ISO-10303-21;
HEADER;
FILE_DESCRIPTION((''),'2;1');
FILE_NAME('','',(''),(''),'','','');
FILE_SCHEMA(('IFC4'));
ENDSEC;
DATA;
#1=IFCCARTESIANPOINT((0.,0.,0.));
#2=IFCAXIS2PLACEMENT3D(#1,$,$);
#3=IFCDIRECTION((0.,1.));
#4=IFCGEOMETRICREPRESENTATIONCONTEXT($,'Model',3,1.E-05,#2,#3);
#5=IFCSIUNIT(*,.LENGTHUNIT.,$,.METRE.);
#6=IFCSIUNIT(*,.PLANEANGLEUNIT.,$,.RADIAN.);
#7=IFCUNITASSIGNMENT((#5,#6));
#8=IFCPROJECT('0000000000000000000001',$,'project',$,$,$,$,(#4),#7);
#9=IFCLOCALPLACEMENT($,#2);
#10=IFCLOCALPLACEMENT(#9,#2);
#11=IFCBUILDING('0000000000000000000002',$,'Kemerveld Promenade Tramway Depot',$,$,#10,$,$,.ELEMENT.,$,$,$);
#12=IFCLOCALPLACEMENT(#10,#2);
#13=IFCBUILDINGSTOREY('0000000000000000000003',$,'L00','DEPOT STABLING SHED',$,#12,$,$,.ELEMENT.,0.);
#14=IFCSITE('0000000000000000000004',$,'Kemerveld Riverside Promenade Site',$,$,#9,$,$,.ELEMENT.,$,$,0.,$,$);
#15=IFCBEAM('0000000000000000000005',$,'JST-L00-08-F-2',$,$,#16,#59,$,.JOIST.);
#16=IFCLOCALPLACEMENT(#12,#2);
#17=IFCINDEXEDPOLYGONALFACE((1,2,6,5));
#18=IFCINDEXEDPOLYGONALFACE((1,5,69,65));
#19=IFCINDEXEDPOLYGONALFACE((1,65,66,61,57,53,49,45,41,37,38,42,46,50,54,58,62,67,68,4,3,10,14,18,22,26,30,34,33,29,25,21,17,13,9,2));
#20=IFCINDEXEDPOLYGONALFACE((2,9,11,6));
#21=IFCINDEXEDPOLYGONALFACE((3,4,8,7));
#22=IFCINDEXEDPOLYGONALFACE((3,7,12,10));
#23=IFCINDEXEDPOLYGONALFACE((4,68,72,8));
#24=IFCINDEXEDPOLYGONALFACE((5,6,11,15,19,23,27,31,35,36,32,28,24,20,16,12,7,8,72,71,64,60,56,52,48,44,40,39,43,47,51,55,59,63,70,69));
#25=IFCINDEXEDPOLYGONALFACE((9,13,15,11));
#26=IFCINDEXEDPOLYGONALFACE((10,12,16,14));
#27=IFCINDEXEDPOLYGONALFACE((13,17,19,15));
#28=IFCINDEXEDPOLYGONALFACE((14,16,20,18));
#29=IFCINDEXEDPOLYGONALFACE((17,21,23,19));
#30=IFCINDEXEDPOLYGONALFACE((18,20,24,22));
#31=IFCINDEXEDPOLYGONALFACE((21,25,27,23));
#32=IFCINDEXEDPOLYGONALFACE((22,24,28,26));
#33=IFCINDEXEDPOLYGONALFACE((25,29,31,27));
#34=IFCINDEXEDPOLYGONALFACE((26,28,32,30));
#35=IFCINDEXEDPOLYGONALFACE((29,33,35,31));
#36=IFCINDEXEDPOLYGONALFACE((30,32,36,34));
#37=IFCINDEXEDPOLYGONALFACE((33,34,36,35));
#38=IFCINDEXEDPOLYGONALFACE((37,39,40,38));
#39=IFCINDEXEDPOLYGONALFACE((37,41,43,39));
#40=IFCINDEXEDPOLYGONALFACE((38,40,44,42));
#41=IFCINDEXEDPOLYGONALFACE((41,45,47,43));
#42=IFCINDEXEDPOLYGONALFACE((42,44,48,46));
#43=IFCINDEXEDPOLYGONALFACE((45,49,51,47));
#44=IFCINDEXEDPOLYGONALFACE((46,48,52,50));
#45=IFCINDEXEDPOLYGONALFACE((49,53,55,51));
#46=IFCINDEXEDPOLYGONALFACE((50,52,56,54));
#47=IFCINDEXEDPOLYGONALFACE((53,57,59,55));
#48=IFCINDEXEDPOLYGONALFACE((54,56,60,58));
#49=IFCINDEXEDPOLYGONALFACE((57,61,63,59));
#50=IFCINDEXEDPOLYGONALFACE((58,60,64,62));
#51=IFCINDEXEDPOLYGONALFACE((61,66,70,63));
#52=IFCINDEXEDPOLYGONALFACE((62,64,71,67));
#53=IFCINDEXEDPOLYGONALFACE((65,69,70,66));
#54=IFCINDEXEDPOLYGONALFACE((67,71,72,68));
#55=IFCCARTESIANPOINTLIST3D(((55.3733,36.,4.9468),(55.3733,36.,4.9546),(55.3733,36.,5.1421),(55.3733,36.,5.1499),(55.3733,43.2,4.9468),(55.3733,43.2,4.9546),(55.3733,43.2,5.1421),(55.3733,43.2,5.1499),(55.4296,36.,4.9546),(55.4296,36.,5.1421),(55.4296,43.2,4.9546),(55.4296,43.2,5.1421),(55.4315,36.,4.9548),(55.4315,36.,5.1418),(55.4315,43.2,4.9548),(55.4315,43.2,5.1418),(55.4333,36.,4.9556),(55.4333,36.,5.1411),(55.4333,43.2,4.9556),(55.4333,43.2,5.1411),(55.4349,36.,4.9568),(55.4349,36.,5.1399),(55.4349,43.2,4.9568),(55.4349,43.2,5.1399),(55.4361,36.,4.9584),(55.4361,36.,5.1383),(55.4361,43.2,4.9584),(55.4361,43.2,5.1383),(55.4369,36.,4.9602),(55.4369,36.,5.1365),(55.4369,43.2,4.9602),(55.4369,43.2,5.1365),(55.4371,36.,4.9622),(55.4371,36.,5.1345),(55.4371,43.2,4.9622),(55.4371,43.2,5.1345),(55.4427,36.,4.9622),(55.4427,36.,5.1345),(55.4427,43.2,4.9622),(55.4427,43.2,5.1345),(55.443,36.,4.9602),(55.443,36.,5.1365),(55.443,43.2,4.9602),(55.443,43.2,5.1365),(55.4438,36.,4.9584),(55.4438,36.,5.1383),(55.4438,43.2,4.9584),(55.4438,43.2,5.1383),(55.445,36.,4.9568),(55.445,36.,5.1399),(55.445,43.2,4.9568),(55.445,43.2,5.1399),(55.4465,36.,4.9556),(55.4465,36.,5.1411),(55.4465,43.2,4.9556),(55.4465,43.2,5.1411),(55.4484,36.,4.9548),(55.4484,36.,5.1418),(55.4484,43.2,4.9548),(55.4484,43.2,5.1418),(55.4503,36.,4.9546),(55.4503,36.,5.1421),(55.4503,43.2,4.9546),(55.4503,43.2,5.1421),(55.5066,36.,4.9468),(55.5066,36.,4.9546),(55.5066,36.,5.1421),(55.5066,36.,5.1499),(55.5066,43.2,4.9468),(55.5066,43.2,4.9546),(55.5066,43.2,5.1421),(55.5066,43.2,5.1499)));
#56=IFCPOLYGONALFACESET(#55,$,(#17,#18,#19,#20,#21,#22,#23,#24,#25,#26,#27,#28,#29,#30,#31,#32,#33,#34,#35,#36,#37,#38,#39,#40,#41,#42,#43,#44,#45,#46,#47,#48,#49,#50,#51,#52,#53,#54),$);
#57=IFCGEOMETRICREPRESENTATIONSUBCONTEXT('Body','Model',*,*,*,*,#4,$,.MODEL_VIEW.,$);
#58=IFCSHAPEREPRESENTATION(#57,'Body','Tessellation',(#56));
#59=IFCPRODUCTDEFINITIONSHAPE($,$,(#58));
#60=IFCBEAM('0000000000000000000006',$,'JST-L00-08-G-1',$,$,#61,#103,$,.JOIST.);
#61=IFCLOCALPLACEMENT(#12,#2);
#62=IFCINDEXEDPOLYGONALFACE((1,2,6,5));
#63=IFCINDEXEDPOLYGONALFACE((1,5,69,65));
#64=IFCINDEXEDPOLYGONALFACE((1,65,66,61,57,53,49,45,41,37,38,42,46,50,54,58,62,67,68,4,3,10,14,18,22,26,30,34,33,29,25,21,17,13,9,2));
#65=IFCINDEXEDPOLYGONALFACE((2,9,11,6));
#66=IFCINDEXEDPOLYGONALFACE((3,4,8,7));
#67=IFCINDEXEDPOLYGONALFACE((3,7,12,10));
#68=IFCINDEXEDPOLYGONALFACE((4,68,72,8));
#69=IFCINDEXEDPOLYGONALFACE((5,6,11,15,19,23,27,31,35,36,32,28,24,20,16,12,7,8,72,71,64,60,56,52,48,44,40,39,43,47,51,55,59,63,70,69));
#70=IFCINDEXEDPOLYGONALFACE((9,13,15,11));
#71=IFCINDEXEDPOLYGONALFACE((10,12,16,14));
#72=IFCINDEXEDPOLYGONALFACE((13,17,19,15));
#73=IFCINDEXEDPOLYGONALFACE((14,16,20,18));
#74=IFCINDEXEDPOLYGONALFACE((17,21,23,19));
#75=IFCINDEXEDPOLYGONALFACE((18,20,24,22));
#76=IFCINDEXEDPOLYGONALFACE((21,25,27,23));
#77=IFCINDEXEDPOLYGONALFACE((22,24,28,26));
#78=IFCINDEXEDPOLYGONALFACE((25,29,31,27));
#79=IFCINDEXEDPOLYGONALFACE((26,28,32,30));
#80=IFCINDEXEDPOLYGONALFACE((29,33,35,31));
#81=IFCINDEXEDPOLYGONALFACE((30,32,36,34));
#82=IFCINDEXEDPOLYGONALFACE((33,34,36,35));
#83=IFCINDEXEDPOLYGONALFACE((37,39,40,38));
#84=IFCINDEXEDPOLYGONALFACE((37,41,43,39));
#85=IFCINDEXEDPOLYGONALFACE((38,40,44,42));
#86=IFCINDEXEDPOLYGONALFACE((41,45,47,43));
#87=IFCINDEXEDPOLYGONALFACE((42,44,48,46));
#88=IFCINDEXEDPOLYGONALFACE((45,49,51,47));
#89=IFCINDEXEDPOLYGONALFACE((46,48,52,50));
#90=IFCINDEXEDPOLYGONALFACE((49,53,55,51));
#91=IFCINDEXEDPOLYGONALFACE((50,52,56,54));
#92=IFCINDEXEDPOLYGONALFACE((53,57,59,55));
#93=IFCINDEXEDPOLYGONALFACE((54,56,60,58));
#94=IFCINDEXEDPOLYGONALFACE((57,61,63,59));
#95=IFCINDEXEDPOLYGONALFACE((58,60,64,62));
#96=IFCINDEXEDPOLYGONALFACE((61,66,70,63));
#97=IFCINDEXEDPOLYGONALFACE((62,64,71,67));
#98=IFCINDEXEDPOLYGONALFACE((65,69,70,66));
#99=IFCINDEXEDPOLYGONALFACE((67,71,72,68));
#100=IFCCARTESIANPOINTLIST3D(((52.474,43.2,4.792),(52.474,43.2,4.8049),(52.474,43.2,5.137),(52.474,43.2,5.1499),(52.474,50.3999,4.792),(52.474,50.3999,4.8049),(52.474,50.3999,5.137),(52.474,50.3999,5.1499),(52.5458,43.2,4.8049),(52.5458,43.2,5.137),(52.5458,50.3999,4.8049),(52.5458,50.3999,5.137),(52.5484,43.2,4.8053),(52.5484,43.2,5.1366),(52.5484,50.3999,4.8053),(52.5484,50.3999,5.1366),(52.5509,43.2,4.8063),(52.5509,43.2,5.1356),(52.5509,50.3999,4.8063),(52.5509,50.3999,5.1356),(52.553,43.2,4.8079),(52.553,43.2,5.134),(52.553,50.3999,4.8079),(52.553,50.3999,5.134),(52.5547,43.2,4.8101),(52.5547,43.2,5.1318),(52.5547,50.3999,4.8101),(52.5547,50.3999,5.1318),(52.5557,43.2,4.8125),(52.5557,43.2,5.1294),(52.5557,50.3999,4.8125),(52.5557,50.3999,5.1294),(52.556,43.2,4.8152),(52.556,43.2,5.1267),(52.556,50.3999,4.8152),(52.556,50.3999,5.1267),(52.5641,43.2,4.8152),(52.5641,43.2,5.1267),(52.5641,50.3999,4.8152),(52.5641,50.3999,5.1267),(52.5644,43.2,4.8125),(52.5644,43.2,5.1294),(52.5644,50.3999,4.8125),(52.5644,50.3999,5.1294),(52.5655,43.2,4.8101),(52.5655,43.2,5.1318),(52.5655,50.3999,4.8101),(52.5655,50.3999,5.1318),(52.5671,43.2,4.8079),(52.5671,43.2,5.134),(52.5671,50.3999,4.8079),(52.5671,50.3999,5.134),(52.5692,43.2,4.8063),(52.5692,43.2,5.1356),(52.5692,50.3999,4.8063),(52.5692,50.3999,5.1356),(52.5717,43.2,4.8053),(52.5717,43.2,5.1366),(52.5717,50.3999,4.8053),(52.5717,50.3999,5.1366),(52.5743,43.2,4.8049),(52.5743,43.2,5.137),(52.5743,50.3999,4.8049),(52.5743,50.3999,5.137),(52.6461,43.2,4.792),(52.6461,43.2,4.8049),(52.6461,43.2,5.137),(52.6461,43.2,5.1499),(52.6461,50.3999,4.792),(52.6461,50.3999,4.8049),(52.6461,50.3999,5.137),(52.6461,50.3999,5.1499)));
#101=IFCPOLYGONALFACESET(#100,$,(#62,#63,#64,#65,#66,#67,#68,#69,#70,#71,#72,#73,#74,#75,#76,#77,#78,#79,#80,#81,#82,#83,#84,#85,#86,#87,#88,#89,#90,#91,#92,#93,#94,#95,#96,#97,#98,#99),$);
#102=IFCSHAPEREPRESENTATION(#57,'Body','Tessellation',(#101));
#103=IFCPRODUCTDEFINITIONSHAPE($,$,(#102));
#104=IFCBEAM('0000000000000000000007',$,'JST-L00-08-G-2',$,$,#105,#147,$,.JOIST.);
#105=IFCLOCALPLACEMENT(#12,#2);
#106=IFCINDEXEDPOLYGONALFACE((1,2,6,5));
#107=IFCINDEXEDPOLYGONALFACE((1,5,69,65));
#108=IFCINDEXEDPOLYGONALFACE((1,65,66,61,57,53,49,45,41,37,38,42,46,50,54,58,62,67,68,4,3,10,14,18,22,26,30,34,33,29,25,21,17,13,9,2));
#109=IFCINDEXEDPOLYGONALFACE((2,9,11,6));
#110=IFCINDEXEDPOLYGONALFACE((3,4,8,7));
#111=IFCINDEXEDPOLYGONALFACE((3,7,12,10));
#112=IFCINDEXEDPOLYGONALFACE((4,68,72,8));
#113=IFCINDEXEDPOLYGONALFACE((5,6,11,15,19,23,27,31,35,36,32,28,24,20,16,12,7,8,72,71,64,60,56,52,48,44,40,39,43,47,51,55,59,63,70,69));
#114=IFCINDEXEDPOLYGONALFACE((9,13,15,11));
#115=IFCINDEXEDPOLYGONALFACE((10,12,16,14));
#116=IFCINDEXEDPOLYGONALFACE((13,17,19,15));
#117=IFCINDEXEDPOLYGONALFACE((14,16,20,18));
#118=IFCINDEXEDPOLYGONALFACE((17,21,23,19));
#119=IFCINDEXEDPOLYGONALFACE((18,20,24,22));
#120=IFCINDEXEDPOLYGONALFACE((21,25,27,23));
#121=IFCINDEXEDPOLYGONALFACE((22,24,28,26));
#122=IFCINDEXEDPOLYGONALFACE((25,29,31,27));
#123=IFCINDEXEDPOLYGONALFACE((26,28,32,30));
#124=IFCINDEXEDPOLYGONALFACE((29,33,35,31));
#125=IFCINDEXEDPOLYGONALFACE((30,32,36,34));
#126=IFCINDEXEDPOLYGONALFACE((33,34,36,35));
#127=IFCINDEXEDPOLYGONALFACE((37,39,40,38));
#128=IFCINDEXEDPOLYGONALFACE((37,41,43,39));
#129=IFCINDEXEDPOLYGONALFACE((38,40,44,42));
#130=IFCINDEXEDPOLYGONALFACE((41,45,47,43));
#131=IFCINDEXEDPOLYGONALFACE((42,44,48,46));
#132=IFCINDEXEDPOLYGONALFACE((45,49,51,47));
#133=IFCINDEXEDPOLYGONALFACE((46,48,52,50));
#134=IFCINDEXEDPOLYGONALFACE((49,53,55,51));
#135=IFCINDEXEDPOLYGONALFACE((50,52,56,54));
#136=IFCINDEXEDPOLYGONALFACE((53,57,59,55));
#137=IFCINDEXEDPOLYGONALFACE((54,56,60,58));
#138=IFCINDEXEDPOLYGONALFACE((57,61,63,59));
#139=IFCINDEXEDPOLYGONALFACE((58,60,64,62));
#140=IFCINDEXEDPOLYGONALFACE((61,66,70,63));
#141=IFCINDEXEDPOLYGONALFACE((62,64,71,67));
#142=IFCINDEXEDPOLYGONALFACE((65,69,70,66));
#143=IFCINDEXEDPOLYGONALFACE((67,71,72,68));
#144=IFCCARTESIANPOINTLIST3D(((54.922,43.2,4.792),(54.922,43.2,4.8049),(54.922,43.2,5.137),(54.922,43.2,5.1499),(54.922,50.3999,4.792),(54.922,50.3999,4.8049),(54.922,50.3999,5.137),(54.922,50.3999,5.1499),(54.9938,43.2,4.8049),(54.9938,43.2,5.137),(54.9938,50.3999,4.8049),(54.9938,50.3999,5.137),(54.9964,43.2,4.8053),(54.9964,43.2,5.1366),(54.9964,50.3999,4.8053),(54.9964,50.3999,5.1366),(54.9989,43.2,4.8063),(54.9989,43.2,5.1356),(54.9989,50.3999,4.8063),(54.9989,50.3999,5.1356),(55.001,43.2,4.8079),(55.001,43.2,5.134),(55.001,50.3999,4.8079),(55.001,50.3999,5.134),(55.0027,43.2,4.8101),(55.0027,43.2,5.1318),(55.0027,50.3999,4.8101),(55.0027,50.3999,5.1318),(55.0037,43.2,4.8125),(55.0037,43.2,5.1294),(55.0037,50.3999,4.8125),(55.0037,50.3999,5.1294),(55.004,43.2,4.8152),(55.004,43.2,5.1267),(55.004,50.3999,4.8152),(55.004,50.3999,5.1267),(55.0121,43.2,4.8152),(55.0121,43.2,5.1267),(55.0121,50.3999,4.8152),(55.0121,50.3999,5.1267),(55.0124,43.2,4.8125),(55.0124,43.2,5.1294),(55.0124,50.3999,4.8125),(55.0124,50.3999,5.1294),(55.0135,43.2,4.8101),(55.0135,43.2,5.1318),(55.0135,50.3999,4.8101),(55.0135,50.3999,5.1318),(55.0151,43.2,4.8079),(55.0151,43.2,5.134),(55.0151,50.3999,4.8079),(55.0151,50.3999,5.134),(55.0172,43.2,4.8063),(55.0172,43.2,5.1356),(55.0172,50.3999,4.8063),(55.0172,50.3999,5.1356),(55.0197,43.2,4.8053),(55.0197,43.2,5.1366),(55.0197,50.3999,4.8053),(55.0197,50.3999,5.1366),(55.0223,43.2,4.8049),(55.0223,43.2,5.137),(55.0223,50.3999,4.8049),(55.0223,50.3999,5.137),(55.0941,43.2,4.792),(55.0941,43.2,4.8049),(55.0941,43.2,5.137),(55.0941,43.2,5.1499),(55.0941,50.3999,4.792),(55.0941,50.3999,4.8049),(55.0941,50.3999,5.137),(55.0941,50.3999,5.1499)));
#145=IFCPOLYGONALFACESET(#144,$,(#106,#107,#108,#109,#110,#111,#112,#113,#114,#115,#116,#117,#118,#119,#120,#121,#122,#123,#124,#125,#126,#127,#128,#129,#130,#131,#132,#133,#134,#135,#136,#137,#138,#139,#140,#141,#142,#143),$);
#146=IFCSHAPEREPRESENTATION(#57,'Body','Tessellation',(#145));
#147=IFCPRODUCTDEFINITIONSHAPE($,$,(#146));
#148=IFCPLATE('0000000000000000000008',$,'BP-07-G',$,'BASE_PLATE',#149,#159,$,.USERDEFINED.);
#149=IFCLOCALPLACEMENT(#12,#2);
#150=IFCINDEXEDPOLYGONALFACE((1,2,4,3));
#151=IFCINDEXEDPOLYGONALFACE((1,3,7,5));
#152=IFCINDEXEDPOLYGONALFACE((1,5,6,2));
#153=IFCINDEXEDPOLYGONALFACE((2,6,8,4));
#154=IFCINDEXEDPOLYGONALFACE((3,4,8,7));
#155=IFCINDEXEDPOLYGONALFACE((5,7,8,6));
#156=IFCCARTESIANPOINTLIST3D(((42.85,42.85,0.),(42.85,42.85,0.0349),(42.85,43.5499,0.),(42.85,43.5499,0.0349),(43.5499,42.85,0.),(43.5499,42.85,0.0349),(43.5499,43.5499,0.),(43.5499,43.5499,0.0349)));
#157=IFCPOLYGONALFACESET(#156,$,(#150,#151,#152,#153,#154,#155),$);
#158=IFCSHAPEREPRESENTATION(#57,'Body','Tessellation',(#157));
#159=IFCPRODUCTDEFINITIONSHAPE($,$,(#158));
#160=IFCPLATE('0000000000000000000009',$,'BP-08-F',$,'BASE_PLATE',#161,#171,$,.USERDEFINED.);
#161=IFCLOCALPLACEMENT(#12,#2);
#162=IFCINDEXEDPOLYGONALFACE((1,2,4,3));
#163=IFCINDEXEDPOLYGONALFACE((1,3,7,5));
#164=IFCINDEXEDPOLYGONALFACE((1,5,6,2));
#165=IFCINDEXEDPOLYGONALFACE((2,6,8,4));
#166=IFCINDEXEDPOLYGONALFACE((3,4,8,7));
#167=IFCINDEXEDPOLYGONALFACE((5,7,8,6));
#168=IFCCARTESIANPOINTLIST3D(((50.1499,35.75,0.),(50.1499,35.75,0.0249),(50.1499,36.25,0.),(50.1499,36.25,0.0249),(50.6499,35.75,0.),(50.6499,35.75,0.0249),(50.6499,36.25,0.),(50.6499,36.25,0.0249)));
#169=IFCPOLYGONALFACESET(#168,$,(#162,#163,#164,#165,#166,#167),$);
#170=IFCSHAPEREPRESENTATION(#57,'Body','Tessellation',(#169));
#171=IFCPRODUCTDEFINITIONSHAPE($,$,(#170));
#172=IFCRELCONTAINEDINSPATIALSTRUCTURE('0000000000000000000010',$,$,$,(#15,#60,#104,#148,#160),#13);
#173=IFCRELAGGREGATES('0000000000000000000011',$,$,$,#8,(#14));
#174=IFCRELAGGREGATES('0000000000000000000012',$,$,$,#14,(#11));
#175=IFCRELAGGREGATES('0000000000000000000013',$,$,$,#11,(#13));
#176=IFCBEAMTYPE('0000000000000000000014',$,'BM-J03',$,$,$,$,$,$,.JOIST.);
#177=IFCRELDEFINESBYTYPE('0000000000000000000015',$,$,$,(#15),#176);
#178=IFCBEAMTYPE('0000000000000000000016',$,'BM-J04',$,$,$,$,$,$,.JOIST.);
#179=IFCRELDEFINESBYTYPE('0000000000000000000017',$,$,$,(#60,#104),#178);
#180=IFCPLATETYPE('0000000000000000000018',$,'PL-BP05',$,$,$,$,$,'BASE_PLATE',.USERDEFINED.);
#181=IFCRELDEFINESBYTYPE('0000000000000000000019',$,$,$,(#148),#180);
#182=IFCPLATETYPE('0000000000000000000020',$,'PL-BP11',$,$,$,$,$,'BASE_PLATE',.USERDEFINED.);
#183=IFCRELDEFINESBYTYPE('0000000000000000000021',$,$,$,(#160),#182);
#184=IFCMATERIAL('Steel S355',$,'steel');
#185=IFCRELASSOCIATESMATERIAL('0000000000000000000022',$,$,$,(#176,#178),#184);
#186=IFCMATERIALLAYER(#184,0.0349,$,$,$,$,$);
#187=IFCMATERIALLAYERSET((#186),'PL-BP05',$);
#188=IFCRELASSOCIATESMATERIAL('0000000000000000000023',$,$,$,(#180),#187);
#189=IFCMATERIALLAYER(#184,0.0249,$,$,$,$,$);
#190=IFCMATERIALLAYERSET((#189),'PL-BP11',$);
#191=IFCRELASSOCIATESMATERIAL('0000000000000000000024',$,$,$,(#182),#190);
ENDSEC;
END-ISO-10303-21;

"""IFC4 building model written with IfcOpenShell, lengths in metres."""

from ifc_helpers import new_model, si_unit, direction, frame, origin, origin_2d, place, context, subcontext, project, spatial, rectangle, i_section, extrude, material, layer, layer_set, material_profile, profile_set, type_object, element, save


model = new_model("IFC4")

# Units and contexts
model_context = context("Model", 3, precision=1e-05, world=origin(), true_north=direction((0.0, 1.0)))
body_context = subcontext(model_context, "Body", "Model", "MODEL_VIEW")
ifc_project = project(units=[si_unit("LENGTHUNIT", "METRE"), si_unit("PLANEANGLEUNIT", "RADIAN")], contexts=[model_context])

# Site, building, storey
site_placement = place(None, origin())
site = spatial("IfcSite", under=ifc_project, at=site_placement, Name="Kemerveld Riverside Promenade Site", CompositionType="ELEMENT", RefElevation=0.0)
building_placement = place(site_placement, origin())
building = spatial("IfcBuilding", under=site, at=building_placement, Name="Kemerveld Promenade Tramway Depot", CompositionType="ELEMENT")
storey_placement = place(building_placement, origin())
storey = spatial("IfcBuildingStorey", under=building, at=storey_placement, Name="L00", Description="DEPOT STABLING SHED", CompositionType="ELEMENT", Elevation=0.0)

# Shared definitions
ifc_material_1 = material(Name="Steel S355", Category="steel")

# Beams
ifc_material_profile_1 = material_profile(ifc_material_1, i_section(OverallWidth=0.1333, OverallDepth=0.2031, WebThickness=0.0056, FlangeThickness=0.0078, FilletRadius=0.0076, at=origin_2d()), Name="203x133x25 UB")
ifc_profile_set_1 = profile_set([ifc_material_profile_1], Name="Steel S355")
beam_type_1 = type_object("IfcBeamType", Name="BM-J03", PredefinedType="JOIST", material=ifc_profile_set_1)
for number, where, z_axis, x_axis, name in (
    (1, (55.4399, 36.0, 5.0483), (0.0, 1.0, 0.0), (-1.0, 0.0, 0.0), "JST-L00-08-F-2"),
):
    element("IfcBeam", number, at=place(storey_placement, frame(where, z_axis=z_axis, x_axis=x_axis)), inside=storey, type_object=beam_type_1, Name=name, PredefinedType="JOIST", context=body_context, shape_type="SweptSolid", body=[
        extrude(i_section(OverallWidth=0.1333, OverallDepth=0.2031, WebThickness=0.0056, FlangeThickness=0.0078, FilletRadius=0.0076, at=origin_2d()), origin(), (0.0, 0.0, 1.0), 7.2),
    ])
ifc_material_profile_2 = material_profile(ifc_material_1, i_section(OverallWidth=0.1721, OverallDepth=0.3579, WebThickness=0.0081, FlangeThickness=0.0129, FilletRadius=0.0103, at=origin_2d()), Name="356x171x57 UB")
ifc_profile_set_2 = profile_set([ifc_material_profile_2], Name="Steel S355")
beam_type_2 = type_object("IfcBeamType", Name="BM-J04", PredefinedType="JOIST", material=ifc_profile_set_2)
for number, where, z_axis, x_axis, name in (
    (2, (52.5601, 43.2, 4.9709), (0.0, 1.0, 0.0), (-1.0, 0.0, 0.0), "JST-L00-08-G-1"),
    (3, (55.0081, 43.2, 4.9709), (0.0, 1.0, 0.0), (-1.0, 0.0, 0.0), "JST-L00-08-G-2"),
):
    element("IfcBeam", number, at=place(storey_placement, frame(where, z_axis=z_axis, x_axis=x_axis)), inside=storey, type_object=beam_type_2, Name=name, PredefinedType="JOIST", context=body_context, shape_type="SweptSolid", body=[
        extrude(i_section(OverallWidth=0.1721, OverallDepth=0.3579, WebThickness=0.0081, FlangeThickness=0.0129, FilletRadius=0.0103, at=origin_2d()), origin(), (0.0, 0.0, 1.0), 7.2),
    ])

# Plates
ifc_layer_1 = layer(ifc_material_1, 0.0349)
ifc_layer_set_1 = layer_set([ifc_layer_1], Name="PL-BP05")
plate_type_1 = type_object("IfcPlateType", Name="PL-BP05", ElementType="BASE_PLATE", PredefinedType="USERDEFINED", material=ifc_layer_set_1)
plate_1_placement = place(storey_placement, frame((43.2, 43.2, 0.0), z_axis=(0.0, 0.0, 1.0), x_axis=(1.0, 0.0, 0.0)))
element("IfcPlate", 4, at=plate_1_placement, inside=storey, type_object=plate_type_1, Name="BP-07-G", ObjectType="BASE_PLATE", PredefinedType="USERDEFINED", context=body_context, shape_type="SweptSolid", body=[
    extrude(rectangle(XDim=0.7, YDim=0.7, at=origin_2d()), origin(), (0.0, 0.0, 1.0), 0.0349),
])
ifc_layer_2 = layer(ifc_material_1, 0.0249)
ifc_layer_set_2 = layer_set([ifc_layer_2], Name="PL-BP11")
plate_type_2 = type_object("IfcPlateType", Name="PL-BP11", ElementType="BASE_PLATE", PredefinedType="USERDEFINED", material=ifc_layer_set_2)
plate_2_placement = place(storey_placement, frame((50.3999, 36.0, 0.0), z_axis=(0.0, 0.0, 1.0), x_axis=(1.0, 0.0, 0.0)))
element("IfcPlate", 5, at=plate_2_placement, inside=storey, type_object=plate_type_2, Name="BP-08-F", ObjectType="BASE_PLATE", PredefinedType="USERDEFINED", context=body_context, shape_type="SweptSolid", body=[
    extrude(rectangle(XDim=0.5, YDim=0.5, at=origin_2d()), origin(), (0.0, 0.0, 1.0), 0.0249),
])

save(model, "model.ifc")
